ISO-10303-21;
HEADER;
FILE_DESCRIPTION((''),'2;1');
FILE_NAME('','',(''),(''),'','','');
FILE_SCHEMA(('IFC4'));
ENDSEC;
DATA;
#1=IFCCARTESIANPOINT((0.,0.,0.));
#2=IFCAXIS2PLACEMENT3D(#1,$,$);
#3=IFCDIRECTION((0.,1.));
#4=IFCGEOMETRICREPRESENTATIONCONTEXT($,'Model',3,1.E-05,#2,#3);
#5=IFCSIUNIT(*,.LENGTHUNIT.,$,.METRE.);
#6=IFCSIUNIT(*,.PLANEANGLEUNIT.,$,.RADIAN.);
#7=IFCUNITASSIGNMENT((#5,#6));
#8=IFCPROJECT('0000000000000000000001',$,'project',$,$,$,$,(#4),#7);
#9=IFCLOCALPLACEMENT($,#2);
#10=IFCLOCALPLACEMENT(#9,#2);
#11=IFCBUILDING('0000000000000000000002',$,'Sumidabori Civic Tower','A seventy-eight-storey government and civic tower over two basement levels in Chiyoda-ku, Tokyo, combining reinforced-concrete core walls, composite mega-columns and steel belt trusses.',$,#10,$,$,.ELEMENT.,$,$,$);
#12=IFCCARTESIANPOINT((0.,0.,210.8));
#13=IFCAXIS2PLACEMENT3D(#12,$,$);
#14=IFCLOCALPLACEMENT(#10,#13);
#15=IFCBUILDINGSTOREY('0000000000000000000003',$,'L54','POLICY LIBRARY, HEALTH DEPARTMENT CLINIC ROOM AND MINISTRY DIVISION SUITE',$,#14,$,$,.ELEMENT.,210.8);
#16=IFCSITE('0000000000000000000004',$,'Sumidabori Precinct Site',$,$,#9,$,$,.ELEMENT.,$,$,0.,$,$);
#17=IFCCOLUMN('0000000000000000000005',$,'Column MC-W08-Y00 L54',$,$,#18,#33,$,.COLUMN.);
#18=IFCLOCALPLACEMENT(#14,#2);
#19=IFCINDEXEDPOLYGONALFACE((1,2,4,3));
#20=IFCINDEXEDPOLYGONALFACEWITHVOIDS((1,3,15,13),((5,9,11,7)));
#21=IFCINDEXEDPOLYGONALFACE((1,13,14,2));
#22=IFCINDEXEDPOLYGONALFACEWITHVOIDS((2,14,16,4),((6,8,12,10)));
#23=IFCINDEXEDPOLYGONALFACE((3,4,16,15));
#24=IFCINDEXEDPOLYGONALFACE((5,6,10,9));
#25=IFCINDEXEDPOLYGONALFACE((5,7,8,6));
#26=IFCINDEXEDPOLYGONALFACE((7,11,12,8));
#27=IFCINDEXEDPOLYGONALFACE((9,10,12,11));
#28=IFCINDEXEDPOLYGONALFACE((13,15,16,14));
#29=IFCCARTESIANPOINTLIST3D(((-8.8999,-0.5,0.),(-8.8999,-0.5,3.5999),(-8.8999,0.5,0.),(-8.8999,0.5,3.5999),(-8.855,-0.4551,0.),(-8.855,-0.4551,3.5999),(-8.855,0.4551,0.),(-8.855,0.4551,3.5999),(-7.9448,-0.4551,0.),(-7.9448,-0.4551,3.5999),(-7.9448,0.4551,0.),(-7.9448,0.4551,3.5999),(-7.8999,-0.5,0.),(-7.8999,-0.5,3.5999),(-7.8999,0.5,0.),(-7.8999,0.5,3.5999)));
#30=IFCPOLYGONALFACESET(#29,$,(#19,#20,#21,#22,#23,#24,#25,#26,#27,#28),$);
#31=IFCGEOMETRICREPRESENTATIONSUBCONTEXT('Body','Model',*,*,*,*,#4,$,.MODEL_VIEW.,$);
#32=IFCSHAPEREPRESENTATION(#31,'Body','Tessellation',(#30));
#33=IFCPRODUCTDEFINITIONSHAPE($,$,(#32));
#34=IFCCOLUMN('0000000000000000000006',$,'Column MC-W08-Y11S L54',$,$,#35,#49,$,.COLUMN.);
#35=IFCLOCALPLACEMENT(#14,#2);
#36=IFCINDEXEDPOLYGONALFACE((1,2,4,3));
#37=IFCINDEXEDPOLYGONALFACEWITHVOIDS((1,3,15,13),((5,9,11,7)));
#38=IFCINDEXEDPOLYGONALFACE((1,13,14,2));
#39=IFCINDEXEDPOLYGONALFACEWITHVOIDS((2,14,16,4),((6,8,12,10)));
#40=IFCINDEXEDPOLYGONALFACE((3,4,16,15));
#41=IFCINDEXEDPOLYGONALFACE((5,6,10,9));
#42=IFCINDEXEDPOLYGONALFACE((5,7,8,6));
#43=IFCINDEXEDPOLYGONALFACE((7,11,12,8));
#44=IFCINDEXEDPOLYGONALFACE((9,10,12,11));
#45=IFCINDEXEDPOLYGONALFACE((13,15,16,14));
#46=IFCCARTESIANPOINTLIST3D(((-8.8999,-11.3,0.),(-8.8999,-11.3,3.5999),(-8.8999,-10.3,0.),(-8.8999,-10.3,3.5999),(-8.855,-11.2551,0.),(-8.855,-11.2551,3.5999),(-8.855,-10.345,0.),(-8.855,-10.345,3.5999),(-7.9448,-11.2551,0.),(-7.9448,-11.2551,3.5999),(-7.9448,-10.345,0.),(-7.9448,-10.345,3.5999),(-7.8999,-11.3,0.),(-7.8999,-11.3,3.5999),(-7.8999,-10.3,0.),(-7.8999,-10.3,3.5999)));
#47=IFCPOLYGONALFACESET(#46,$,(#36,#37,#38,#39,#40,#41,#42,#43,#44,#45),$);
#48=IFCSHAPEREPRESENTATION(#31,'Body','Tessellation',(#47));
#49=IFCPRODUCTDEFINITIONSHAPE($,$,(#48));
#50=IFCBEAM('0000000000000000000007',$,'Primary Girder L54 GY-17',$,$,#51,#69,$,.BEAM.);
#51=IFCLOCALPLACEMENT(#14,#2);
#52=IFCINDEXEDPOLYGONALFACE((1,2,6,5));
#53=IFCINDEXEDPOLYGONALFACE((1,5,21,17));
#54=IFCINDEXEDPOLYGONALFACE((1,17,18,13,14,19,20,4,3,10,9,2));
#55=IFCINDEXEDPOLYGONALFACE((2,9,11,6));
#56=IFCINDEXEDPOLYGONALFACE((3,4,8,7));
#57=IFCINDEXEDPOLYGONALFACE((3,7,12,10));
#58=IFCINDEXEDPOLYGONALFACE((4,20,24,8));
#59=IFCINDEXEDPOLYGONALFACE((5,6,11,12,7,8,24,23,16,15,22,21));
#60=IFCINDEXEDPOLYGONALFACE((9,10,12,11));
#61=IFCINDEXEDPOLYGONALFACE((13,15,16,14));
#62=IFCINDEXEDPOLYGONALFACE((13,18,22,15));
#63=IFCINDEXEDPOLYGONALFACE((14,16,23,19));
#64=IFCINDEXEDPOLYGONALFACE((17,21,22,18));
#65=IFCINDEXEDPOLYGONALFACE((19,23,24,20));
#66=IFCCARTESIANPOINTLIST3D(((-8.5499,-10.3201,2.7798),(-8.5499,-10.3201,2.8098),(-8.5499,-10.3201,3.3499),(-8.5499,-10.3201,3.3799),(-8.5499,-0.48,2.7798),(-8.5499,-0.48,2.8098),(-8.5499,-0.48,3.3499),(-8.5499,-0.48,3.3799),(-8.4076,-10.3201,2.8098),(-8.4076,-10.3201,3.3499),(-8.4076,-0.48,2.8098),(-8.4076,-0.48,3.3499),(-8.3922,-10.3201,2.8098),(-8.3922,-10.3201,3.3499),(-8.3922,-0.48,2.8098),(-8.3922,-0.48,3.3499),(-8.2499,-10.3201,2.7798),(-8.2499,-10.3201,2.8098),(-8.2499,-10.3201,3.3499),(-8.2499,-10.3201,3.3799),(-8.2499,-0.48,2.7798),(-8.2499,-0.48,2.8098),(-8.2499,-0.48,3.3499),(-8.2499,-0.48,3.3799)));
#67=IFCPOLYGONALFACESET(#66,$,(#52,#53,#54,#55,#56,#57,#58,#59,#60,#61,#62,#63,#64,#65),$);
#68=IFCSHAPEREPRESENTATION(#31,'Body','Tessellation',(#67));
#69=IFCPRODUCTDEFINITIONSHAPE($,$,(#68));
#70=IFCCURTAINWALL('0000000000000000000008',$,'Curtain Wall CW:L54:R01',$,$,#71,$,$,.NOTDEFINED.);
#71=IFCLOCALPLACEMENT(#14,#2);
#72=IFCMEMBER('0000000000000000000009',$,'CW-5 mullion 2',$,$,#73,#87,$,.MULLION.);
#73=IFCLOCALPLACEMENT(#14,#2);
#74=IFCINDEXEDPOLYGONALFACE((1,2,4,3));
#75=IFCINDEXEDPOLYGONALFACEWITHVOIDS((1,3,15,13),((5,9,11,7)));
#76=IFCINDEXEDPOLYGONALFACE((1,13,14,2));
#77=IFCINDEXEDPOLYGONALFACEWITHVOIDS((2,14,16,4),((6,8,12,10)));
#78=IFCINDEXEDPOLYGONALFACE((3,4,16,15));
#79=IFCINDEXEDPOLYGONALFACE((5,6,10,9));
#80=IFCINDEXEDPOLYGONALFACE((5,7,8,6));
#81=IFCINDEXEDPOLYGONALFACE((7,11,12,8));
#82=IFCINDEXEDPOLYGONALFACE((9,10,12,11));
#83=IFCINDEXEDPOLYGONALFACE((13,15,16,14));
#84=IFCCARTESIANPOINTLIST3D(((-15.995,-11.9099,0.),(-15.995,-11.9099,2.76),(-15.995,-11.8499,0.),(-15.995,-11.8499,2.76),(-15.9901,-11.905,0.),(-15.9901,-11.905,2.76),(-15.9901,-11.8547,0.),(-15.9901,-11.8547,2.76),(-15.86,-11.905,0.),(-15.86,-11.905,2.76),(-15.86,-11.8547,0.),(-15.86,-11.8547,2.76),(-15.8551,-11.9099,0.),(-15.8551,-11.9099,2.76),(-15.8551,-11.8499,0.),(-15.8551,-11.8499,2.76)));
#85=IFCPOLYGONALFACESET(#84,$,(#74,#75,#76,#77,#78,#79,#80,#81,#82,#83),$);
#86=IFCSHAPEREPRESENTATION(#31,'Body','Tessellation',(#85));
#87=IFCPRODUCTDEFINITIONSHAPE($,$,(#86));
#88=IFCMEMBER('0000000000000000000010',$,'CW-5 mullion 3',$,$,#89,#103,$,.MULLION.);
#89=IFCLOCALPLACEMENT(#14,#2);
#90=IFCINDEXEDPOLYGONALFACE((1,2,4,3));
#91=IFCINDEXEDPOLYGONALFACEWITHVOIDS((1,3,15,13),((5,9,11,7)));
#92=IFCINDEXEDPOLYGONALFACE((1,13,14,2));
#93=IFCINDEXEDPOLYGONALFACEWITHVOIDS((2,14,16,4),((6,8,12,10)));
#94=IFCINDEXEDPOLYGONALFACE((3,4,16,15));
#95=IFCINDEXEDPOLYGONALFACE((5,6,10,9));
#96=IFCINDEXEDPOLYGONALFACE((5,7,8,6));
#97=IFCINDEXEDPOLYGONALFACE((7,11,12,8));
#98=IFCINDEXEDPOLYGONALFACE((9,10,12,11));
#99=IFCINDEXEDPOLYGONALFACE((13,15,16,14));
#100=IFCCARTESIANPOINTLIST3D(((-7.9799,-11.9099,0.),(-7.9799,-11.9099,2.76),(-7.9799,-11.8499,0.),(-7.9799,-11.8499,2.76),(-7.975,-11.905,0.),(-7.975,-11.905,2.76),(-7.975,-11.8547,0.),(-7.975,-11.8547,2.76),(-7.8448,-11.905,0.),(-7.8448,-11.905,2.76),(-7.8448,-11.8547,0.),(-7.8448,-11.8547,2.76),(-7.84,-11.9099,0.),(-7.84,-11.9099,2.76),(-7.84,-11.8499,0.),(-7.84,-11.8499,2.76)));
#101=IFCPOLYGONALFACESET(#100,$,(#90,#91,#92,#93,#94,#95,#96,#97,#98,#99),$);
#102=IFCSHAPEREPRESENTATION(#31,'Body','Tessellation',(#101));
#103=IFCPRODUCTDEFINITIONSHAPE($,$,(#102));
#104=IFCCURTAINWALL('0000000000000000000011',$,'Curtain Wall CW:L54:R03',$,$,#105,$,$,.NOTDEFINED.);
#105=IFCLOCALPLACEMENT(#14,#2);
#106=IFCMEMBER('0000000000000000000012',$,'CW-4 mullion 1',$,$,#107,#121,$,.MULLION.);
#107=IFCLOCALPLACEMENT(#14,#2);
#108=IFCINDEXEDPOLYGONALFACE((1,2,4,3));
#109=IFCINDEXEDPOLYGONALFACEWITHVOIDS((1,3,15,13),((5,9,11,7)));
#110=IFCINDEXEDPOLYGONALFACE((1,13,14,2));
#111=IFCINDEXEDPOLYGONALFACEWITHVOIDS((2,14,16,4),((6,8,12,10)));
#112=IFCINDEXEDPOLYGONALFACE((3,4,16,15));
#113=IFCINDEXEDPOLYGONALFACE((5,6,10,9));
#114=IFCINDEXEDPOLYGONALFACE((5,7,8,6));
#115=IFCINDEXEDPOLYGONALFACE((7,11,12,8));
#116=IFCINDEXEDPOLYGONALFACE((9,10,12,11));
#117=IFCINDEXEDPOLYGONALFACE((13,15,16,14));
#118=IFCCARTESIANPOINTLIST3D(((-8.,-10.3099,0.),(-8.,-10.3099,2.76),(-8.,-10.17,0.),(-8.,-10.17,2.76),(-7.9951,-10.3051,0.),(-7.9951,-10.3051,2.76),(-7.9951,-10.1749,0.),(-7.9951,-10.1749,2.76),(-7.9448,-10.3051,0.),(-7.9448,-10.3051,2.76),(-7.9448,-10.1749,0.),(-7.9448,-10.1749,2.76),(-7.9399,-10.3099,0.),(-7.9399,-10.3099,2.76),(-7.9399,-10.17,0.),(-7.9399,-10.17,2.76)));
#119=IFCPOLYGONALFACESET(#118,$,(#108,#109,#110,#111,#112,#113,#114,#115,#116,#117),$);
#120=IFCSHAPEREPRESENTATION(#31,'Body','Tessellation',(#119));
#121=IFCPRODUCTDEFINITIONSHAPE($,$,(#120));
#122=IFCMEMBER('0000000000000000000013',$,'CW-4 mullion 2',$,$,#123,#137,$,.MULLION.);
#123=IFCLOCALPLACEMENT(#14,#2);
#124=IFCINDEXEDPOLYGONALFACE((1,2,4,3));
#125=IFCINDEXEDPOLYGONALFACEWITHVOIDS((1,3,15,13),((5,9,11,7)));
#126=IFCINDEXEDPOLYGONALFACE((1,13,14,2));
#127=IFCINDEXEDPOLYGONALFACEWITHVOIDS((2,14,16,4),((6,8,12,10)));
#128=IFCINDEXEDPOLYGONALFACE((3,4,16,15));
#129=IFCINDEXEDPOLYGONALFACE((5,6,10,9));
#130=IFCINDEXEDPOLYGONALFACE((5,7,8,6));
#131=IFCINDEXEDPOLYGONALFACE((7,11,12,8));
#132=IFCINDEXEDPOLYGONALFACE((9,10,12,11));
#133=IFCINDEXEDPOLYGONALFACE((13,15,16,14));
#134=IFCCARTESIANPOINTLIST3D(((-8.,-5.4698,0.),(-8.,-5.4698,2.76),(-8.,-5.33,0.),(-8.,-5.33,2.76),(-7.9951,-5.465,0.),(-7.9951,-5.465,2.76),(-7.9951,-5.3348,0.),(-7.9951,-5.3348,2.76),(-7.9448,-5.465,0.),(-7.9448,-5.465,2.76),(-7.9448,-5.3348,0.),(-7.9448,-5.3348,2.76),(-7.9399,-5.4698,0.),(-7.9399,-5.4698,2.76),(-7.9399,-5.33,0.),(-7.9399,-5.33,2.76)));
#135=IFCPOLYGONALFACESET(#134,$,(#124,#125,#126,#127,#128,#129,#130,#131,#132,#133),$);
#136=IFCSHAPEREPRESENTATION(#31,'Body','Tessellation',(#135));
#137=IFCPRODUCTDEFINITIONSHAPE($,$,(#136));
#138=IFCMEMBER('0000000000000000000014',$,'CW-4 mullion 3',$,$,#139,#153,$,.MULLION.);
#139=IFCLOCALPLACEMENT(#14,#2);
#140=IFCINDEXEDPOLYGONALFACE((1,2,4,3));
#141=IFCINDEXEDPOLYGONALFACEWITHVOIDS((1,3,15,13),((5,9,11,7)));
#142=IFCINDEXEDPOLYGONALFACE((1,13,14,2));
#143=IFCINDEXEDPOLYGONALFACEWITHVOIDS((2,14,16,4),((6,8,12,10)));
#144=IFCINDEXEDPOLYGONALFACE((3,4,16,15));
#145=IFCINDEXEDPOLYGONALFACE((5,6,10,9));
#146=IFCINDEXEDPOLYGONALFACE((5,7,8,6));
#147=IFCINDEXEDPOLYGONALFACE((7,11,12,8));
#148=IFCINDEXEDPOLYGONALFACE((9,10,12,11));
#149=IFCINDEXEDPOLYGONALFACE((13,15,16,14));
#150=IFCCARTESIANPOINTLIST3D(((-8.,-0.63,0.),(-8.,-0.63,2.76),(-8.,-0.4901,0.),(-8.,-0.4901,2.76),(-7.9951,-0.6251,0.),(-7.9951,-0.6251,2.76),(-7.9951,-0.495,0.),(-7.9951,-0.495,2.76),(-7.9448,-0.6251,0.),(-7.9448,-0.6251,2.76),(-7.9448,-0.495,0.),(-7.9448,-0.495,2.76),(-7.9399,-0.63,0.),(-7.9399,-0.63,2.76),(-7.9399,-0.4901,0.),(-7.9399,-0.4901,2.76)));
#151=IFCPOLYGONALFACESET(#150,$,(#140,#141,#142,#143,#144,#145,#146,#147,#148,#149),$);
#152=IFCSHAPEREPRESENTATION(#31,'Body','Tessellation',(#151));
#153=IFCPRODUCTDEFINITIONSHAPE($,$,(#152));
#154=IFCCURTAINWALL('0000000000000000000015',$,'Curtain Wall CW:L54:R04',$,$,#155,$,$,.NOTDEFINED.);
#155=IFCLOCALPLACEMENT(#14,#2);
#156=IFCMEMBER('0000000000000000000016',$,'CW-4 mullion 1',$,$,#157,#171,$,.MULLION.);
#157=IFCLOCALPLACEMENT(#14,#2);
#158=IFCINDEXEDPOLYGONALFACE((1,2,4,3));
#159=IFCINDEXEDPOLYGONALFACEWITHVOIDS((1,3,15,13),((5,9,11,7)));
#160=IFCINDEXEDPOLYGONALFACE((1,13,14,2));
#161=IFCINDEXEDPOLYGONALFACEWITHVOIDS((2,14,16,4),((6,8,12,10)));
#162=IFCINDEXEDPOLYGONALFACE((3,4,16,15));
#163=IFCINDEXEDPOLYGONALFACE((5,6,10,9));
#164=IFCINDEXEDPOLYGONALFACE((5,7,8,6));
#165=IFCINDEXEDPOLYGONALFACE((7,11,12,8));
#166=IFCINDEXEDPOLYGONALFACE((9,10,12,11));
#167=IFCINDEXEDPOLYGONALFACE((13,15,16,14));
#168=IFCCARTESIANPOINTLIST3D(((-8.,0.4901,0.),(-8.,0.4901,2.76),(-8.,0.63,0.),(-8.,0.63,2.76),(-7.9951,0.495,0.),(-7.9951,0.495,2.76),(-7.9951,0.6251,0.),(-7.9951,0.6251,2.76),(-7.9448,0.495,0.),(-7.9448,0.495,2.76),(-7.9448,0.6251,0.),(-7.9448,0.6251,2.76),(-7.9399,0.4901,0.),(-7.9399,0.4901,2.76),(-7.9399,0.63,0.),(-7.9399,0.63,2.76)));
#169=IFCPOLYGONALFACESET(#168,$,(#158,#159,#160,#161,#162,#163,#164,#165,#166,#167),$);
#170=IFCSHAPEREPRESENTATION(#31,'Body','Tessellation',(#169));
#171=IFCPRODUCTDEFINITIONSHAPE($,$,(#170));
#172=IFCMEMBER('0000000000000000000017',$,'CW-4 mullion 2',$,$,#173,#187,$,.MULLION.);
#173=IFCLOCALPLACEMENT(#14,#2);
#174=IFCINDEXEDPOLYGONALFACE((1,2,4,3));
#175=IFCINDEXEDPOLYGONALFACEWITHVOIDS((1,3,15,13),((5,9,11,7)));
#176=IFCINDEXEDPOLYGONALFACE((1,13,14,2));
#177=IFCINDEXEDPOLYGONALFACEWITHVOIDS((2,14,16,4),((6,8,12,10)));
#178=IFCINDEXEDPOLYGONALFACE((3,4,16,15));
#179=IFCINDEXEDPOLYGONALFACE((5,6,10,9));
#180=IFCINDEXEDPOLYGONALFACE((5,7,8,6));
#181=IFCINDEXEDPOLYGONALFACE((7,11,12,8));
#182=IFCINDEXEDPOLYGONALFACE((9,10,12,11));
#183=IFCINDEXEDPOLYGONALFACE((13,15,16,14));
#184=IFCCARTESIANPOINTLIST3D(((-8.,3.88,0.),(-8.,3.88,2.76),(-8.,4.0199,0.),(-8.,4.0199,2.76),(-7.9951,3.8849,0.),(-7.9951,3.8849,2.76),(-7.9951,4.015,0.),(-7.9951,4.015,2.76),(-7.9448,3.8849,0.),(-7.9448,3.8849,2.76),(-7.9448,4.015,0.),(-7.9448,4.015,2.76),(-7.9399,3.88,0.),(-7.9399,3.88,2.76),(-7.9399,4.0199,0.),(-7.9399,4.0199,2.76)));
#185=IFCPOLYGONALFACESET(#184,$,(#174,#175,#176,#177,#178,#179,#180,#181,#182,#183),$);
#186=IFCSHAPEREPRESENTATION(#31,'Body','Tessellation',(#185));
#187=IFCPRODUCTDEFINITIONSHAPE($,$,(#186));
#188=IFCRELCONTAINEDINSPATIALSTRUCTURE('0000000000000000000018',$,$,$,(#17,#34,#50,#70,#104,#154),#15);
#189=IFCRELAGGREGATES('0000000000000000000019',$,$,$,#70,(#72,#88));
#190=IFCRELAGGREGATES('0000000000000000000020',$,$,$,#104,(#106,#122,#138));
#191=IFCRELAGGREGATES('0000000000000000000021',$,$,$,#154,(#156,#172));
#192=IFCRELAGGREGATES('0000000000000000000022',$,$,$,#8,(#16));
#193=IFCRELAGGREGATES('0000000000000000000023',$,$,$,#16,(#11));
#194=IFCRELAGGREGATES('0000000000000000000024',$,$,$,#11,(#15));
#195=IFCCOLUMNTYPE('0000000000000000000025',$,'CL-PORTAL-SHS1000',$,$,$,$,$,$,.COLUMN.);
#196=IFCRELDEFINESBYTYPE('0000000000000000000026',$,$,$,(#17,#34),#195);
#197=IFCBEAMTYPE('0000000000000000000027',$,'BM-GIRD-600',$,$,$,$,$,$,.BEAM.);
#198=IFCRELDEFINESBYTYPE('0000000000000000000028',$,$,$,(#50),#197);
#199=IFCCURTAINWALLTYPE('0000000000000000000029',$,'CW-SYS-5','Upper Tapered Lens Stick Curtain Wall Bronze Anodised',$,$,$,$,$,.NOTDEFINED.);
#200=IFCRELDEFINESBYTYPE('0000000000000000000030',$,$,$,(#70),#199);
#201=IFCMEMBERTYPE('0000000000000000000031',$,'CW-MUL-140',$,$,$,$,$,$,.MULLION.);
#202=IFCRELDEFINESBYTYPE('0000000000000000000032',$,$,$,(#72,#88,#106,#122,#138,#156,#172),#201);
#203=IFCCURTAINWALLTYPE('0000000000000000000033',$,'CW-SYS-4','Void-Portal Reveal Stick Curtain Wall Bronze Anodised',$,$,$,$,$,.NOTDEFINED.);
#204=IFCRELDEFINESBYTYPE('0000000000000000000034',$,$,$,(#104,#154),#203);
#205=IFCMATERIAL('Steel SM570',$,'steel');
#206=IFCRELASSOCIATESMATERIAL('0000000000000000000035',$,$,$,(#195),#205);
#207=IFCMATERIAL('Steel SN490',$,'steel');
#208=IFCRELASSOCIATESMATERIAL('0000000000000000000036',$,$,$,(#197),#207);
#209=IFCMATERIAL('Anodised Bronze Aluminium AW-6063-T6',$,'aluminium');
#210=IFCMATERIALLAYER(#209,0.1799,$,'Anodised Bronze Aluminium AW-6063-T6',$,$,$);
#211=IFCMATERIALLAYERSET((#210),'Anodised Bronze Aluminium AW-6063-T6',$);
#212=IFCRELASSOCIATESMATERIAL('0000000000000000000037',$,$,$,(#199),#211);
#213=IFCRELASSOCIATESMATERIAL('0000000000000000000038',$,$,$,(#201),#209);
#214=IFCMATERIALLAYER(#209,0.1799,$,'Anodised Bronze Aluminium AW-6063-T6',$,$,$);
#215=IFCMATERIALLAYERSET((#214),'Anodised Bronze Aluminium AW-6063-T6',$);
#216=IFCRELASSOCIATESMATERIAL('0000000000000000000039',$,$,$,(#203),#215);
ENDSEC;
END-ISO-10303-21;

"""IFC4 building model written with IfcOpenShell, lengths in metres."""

from ifc_helpers import new_model, si_unit, direction, frame, origin, origin_2d, place, context, subcontext, project, spatial, hollow_rectangle, i_section, extrude, source, transform, mapped, material, layer, layer_set, material_profile, profile_set, type_object, element, aggregate, save


model = new_model("IFC4")

# Units and contexts
model_context = context("Model", 3, precision=1e-05, world=origin(), true_north=direction((0.0, 1.0)))
body_context = subcontext(model_context, "Body", "Model", "MODEL_VIEW")
ifc_project = project(units=[si_unit("LENGTHUNIT", "METRE"), si_unit("PLANEANGLEUNIT", "RADIAN")], contexts=[model_context])

# Site, building, storey
site_placement = place(None, origin())
site = spatial("IfcSite", under=ifc_project, at=site_placement, Name="Sumidabori Precinct Site", CompositionType="ELEMENT", RefElevation=0.0)
building_placement = place(site_placement, origin())
building = spatial("IfcBuilding", under=site, at=building_placement, Name="Sumidabori Civic Tower", Description="A seventy-eight-storey government and civic tower over two basement levels in Chiyoda-ku, Tokyo, combining reinforced-concrete core walls, composite mega-columns and steel belt trusses.", CompositionType="ELEMENT")
storey_placement = place(building_placement, frame((0.0, 0.0, 210.8)))
storey = spatial("IfcBuildingStorey", under=building, at=storey_placement, Name="L54", Description="POLICY LIBRARY, HEALTH DEPARTMENT CLINIC ROOM AND MINISTRY DIVISION SUITE", CompositionType="ELEMENT", Elevation=210.8)

# Columns
ifc_material_1 = material(Name="Steel SM570", Category="steel")
ifc_material_profile_1 = material_profile(ifc_material_1, hollow_rectangle(XDim=1.0, YDim=1.0, WallThickness=0.0449, at=origin_2d()), Name="SHS 1000x1000x45")
ifc_profile_set_1 = profile_set([ifc_material_profile_1], Name="Steel SM570")
column_type = type_object("IfcColumnType", Name="CL-PORTAL-SHS1000", PredefinedType="COLUMN", material=ifc_profile_set_1)
shared_shape_1 = source(origin(), body_context, "Body", "SweptSolid", [
    extrude(hollow_rectangle(XDim=1.0, YDim=1.0, WallThickness=0.0449, at=origin_2d()), origin(), (0.0, 0.0, 1.0), 3.5999),
])
for number, where, z_axis, x_axis, name in (
    (1, (-8.3999, 0.0, 0.0), (0.0, 0.0, 1.0), (1.0, 0.0, 0.0), "Column MC-W08-Y00 L54"),
    (2, (-8.3999, -10.8, 0.0), (0.0, 0.0, 1.0), (1.0, 0.0, 0.0), "Column MC-W08-Y11S L54"),
):
    element("IfcColumn", number, at=place(storey_placement, frame(where, z_axis=z_axis, x_axis=x_axis)), inside=storey, type_object=column_type, Name=name, PredefinedType="COLUMN", context=body_context, shape_type="MappedRepresentation", body=[
        mapped(shared_shape_1, transform((0.0, 0.0, 0.0), x_axis=(1.0, 0.0, 0.0), y_axis=(0.0, 1.0, 0.0), z_axis=(0.0, 0.0, 1.0), scale=1.0)),
    ])

# Beam
ifc_material_2 = material(Name="Steel SN490", Category="steel")
ifc_material_profile_2 = material_profile(ifc_material_2, i_section(OverallWidth=0.3, OverallDepth=0.6001, WebThickness=0.0154, FlangeThickness=0.03, at=origin_2d()), Name="HE 600 B")
ifc_profile_set_2 = profile_set([ifc_material_profile_2], Name="Steel SN490")
beam_type = type_object("IfcBeamType", Name="BM-GIRD-600", PredefinedType="BEAM", material=ifc_profile_set_2)
shared_shape_2 = source(origin(), body_context, "Body", "SweptSolid", [
    extrude(i_section(OverallWidth=0.3, OverallDepth=0.6001, WebThickness=0.0154, FlangeThickness=0.03, at=origin_2d()), origin(), (0.0, 0.0, 1.0), 9.8401),
])
beam_placement = place(storey_placement, frame((-8.3999, -10.3201, 3.0798), z_axis=(0.0, 1.0, 0.0), x_axis=(-1.0, 0.0, 0.0)))
element("IfcBeam", 3, at=beam_placement, inside=storey, type_object=beam_type, Name="Primary Girder L54 GY-17", PredefinedType="BEAM", context=body_context, shape_type="MappedRepresentation", body=[
    mapped(shared_shape_2, transform((0.0, 0.0, 0.0), x_axis=(1.0, 0.0, 0.0), y_axis=(0.0, 1.0, 0.0), z_axis=(0.0, 0.0, 1.0), scale=1.0)),
])

# Curtain walls, members
ifc_material_3 = material(Name="Anodised Bronze Aluminium AW-6063-T6", Category="aluminium")
ifc_layer_1 = layer(ifc_material_3, 0.1799, Name="Anodised Bronze Aluminium AW-6063-T6")
ifc_layer_set_1 = layer_set([ifc_layer_1], Name="Anodised Bronze Aluminium AW-6063-T6")
curtain_wall_type_1 = type_object("IfcCurtainWallType", Name="CW-SYS-5", Description="Upper Tapered Lens Stick Curtain Wall Bronze Anodised", PredefinedType="NOTDEFINED", material=ifc_layer_set_1)
curtain_wall_1_placement = place(storey_placement, origin())
curtain_wall_1 = element("IfcCurtainWall", 4, at=curtain_wall_1_placement, inside=storey, type_object=curtain_wall_type_1, Name="Curtain Wall CW:L54:R01", PredefinedType="NOTDEFINED")
ifc_material_profile_3 = material_profile(ifc_material_3, hollow_rectangle(XDim=0.0601, YDim=0.1399, WallThickness=0.0049, at=origin_2d()), Name="ALU MULLION 140x60")
ifc_profile_set_3 = profile_set([ifc_material_profile_3], Name="Anodised Bronze Aluminium AW-6063-T6")
member_type_1 = type_object("IfcMemberType", Name="CW-MUL-140", PredefinedType="MULLION", material=ifc_profile_set_3)
shared_shape_3 = source(origin(), body_context, "Body", "SweptSolid", [
    extrude(hollow_rectangle(XDim=0.0601, YDim=0.1399, WallThickness=0.0049, at=origin_2d()), origin(), (0.0, 0.0, 1.0), 2.76),
])
member_1_placement = place(storey_placement, frame((-15.925, -11.8799, 0.0), z_axis=(0.0, 0.0, 1.0), x_axis=(0.0, 1.0, 0.0)))
member_1 = element("IfcMember", 5, at=member_1_placement, type_object=member_type_1, Name="CW-5 mullion 2", PredefinedType="MULLION", context=body_context, shape_type="MappedRepresentation", body=[
    mapped(shared_shape_3, transform((0.0, 0.0, 0.0), x_axis=(1.0, 0.0, 0.0), y_axis=(0.0, 1.0, 0.0), z_axis=(0.0, 0.0, 1.0), scale=1.0)),
])
member_2_placement = place(storey_placement, frame((-7.9099, -11.8799, 0.0), z_axis=(0.0, 0.0, 1.0), x_axis=(0.0, 1.0, 0.0)))
member_2 = element("IfcMember", 6, at=member_2_placement, type_object=member_type_1, Name="CW-5 mullion 3", PredefinedType="MULLION", context=body_context, shape_type="MappedRepresentation", body=[
    mapped(shared_shape_3, transform((0.0, 0.0, 0.0), x_axis=(1.0, 0.0, 0.0), y_axis=(0.0, 1.0, 0.0), z_axis=(0.0, 0.0, 1.0), scale=1.0)),
])
ifc_layer_2 = layer(ifc_material_3, 0.1799, Name="Anodised Bronze Aluminium AW-6063-T6")
ifc_layer_set_2 = layer_set([ifc_layer_2], Name="Anodised Bronze Aluminium AW-6063-T6")
curtain_wall_type_2 = type_object("IfcCurtainWallType", Name="CW-SYS-4", Description="Void-Portal Reveal Stick Curtain Wall Bronze Anodised", PredefinedType="NOTDEFINED", material=ifc_layer_set_2)
curtain_wall_2_placement = place(storey_placement, origin())
curtain_wall_2 = element("IfcCurtainWall", 7, at=curtain_wall_2_placement, inside=storey, type_object=curtain_wall_type_2, Name="Curtain Wall CW:L54:R03", PredefinedType="NOTDEFINED")
member_3_placement = place(storey_placement, frame((-7.97, -10.24, 0.0), z_axis=(0.0, 0.0, 1.0), x_axis=(-1.0, 0.0, 0.0)))
member_3 = element("IfcMember", 8, at=member_3_placement, type_object=member_type_1, Name="CW-4 mullion 1", PredefinedType="MULLION", context=body_context, shape_type="MappedRepresentation", body=[
    mapped(shared_shape_3, transform((0.0, 0.0, 0.0), x_axis=(1.0, 0.0, 0.0), y_axis=(0.0, 1.0, 0.0), z_axis=(0.0, 0.0, 1.0), scale=1.0)),
])
member_4_placement = place(storey_placement, frame((-7.97, -5.3999, 0.0), z_axis=(0.0, 0.0, 1.0), x_axis=(-1.0, 0.0, 0.0)))
member_4 = element("IfcMember", 9, at=member_4_placement, type_object=member_type_1, Name="CW-4 mullion 2", PredefinedType="MULLION", context=body_context, shape_type="MappedRepresentation", body=[
    mapped(shared_shape_3, transform((0.0, 0.0, 0.0), x_axis=(1.0, 0.0, 0.0), y_axis=(0.0, 1.0, 0.0), z_axis=(0.0, 0.0, 1.0), scale=1.0)),
])
member_5_placement = place(storey_placement, frame((-7.97, -0.5601, 0.0), z_axis=(0.0, 0.0, 1.0), x_axis=(-1.0, 0.0, 0.0)))
member_5 = element("IfcMember", 10, at=member_5_placement, type_object=member_type_1, Name="CW-4 mullion 3", PredefinedType="MULLION", context=body_context, shape_type="MappedRepresentation", body=[
    mapped(shared_shape_3, transform((0.0, 0.0, 0.0), x_axis=(1.0, 0.0, 0.0), y_axis=(0.0, 1.0, 0.0), z_axis=(0.0, 0.0, 1.0), scale=1.0)),
])
curtain_wall_3_placement = place(storey_placement, origin())
curtain_wall_3 = element("IfcCurtainWall", 11, at=curtain_wall_3_placement, inside=storey, type_object=curtain_wall_type_2, Name="Curtain Wall CW:L54:R04", PredefinedType="NOTDEFINED")
member_6_placement = place(storey_placement, frame((-7.97, 0.5601, 0.0), z_axis=(0.0, 0.0, 1.0), x_axis=(-1.0, 0.0, 0.0)))
member_6 = element("IfcMember", 12, at=member_6_placement, type_object=member_type_1, Name="CW-4 mullion 1", PredefinedType="MULLION", context=body_context, shape_type="MappedRepresentation", body=[
    mapped(shared_shape_3, transform((0.0, 0.0, 0.0), x_axis=(1.0, 0.0, 0.0), y_axis=(0.0, 1.0, 0.0), z_axis=(0.0, 0.0, 1.0), scale=1.0)),
])
member_7_placement = place(storey_placement, frame((-7.97, 3.95, 0.0), z_axis=(0.0, 0.0, 1.0), x_axis=(-1.0, 0.0, 0.0)))
member_7 = element("IfcMember", 13, at=member_7_placement, type_object=member_type_1, Name="CW-4 mullion 2", PredefinedType="MULLION", context=body_context, shape_type="MappedRepresentation", body=[
    mapped(shared_shape_3, transform((0.0, 0.0, 0.0), x_axis=(1.0, 0.0, 0.0), y_axis=(0.0, 1.0, 0.0), z_axis=(0.0, 0.0, 1.0), scale=1.0)),
])

aggregate(curtain_wall_1, [member_1, member_2])
aggregate(curtain_wall_2, [member_3, member_4, member_5])
aggregate(curtain_wall_3, [member_6, member_7])

save(model, "model.ifc")
